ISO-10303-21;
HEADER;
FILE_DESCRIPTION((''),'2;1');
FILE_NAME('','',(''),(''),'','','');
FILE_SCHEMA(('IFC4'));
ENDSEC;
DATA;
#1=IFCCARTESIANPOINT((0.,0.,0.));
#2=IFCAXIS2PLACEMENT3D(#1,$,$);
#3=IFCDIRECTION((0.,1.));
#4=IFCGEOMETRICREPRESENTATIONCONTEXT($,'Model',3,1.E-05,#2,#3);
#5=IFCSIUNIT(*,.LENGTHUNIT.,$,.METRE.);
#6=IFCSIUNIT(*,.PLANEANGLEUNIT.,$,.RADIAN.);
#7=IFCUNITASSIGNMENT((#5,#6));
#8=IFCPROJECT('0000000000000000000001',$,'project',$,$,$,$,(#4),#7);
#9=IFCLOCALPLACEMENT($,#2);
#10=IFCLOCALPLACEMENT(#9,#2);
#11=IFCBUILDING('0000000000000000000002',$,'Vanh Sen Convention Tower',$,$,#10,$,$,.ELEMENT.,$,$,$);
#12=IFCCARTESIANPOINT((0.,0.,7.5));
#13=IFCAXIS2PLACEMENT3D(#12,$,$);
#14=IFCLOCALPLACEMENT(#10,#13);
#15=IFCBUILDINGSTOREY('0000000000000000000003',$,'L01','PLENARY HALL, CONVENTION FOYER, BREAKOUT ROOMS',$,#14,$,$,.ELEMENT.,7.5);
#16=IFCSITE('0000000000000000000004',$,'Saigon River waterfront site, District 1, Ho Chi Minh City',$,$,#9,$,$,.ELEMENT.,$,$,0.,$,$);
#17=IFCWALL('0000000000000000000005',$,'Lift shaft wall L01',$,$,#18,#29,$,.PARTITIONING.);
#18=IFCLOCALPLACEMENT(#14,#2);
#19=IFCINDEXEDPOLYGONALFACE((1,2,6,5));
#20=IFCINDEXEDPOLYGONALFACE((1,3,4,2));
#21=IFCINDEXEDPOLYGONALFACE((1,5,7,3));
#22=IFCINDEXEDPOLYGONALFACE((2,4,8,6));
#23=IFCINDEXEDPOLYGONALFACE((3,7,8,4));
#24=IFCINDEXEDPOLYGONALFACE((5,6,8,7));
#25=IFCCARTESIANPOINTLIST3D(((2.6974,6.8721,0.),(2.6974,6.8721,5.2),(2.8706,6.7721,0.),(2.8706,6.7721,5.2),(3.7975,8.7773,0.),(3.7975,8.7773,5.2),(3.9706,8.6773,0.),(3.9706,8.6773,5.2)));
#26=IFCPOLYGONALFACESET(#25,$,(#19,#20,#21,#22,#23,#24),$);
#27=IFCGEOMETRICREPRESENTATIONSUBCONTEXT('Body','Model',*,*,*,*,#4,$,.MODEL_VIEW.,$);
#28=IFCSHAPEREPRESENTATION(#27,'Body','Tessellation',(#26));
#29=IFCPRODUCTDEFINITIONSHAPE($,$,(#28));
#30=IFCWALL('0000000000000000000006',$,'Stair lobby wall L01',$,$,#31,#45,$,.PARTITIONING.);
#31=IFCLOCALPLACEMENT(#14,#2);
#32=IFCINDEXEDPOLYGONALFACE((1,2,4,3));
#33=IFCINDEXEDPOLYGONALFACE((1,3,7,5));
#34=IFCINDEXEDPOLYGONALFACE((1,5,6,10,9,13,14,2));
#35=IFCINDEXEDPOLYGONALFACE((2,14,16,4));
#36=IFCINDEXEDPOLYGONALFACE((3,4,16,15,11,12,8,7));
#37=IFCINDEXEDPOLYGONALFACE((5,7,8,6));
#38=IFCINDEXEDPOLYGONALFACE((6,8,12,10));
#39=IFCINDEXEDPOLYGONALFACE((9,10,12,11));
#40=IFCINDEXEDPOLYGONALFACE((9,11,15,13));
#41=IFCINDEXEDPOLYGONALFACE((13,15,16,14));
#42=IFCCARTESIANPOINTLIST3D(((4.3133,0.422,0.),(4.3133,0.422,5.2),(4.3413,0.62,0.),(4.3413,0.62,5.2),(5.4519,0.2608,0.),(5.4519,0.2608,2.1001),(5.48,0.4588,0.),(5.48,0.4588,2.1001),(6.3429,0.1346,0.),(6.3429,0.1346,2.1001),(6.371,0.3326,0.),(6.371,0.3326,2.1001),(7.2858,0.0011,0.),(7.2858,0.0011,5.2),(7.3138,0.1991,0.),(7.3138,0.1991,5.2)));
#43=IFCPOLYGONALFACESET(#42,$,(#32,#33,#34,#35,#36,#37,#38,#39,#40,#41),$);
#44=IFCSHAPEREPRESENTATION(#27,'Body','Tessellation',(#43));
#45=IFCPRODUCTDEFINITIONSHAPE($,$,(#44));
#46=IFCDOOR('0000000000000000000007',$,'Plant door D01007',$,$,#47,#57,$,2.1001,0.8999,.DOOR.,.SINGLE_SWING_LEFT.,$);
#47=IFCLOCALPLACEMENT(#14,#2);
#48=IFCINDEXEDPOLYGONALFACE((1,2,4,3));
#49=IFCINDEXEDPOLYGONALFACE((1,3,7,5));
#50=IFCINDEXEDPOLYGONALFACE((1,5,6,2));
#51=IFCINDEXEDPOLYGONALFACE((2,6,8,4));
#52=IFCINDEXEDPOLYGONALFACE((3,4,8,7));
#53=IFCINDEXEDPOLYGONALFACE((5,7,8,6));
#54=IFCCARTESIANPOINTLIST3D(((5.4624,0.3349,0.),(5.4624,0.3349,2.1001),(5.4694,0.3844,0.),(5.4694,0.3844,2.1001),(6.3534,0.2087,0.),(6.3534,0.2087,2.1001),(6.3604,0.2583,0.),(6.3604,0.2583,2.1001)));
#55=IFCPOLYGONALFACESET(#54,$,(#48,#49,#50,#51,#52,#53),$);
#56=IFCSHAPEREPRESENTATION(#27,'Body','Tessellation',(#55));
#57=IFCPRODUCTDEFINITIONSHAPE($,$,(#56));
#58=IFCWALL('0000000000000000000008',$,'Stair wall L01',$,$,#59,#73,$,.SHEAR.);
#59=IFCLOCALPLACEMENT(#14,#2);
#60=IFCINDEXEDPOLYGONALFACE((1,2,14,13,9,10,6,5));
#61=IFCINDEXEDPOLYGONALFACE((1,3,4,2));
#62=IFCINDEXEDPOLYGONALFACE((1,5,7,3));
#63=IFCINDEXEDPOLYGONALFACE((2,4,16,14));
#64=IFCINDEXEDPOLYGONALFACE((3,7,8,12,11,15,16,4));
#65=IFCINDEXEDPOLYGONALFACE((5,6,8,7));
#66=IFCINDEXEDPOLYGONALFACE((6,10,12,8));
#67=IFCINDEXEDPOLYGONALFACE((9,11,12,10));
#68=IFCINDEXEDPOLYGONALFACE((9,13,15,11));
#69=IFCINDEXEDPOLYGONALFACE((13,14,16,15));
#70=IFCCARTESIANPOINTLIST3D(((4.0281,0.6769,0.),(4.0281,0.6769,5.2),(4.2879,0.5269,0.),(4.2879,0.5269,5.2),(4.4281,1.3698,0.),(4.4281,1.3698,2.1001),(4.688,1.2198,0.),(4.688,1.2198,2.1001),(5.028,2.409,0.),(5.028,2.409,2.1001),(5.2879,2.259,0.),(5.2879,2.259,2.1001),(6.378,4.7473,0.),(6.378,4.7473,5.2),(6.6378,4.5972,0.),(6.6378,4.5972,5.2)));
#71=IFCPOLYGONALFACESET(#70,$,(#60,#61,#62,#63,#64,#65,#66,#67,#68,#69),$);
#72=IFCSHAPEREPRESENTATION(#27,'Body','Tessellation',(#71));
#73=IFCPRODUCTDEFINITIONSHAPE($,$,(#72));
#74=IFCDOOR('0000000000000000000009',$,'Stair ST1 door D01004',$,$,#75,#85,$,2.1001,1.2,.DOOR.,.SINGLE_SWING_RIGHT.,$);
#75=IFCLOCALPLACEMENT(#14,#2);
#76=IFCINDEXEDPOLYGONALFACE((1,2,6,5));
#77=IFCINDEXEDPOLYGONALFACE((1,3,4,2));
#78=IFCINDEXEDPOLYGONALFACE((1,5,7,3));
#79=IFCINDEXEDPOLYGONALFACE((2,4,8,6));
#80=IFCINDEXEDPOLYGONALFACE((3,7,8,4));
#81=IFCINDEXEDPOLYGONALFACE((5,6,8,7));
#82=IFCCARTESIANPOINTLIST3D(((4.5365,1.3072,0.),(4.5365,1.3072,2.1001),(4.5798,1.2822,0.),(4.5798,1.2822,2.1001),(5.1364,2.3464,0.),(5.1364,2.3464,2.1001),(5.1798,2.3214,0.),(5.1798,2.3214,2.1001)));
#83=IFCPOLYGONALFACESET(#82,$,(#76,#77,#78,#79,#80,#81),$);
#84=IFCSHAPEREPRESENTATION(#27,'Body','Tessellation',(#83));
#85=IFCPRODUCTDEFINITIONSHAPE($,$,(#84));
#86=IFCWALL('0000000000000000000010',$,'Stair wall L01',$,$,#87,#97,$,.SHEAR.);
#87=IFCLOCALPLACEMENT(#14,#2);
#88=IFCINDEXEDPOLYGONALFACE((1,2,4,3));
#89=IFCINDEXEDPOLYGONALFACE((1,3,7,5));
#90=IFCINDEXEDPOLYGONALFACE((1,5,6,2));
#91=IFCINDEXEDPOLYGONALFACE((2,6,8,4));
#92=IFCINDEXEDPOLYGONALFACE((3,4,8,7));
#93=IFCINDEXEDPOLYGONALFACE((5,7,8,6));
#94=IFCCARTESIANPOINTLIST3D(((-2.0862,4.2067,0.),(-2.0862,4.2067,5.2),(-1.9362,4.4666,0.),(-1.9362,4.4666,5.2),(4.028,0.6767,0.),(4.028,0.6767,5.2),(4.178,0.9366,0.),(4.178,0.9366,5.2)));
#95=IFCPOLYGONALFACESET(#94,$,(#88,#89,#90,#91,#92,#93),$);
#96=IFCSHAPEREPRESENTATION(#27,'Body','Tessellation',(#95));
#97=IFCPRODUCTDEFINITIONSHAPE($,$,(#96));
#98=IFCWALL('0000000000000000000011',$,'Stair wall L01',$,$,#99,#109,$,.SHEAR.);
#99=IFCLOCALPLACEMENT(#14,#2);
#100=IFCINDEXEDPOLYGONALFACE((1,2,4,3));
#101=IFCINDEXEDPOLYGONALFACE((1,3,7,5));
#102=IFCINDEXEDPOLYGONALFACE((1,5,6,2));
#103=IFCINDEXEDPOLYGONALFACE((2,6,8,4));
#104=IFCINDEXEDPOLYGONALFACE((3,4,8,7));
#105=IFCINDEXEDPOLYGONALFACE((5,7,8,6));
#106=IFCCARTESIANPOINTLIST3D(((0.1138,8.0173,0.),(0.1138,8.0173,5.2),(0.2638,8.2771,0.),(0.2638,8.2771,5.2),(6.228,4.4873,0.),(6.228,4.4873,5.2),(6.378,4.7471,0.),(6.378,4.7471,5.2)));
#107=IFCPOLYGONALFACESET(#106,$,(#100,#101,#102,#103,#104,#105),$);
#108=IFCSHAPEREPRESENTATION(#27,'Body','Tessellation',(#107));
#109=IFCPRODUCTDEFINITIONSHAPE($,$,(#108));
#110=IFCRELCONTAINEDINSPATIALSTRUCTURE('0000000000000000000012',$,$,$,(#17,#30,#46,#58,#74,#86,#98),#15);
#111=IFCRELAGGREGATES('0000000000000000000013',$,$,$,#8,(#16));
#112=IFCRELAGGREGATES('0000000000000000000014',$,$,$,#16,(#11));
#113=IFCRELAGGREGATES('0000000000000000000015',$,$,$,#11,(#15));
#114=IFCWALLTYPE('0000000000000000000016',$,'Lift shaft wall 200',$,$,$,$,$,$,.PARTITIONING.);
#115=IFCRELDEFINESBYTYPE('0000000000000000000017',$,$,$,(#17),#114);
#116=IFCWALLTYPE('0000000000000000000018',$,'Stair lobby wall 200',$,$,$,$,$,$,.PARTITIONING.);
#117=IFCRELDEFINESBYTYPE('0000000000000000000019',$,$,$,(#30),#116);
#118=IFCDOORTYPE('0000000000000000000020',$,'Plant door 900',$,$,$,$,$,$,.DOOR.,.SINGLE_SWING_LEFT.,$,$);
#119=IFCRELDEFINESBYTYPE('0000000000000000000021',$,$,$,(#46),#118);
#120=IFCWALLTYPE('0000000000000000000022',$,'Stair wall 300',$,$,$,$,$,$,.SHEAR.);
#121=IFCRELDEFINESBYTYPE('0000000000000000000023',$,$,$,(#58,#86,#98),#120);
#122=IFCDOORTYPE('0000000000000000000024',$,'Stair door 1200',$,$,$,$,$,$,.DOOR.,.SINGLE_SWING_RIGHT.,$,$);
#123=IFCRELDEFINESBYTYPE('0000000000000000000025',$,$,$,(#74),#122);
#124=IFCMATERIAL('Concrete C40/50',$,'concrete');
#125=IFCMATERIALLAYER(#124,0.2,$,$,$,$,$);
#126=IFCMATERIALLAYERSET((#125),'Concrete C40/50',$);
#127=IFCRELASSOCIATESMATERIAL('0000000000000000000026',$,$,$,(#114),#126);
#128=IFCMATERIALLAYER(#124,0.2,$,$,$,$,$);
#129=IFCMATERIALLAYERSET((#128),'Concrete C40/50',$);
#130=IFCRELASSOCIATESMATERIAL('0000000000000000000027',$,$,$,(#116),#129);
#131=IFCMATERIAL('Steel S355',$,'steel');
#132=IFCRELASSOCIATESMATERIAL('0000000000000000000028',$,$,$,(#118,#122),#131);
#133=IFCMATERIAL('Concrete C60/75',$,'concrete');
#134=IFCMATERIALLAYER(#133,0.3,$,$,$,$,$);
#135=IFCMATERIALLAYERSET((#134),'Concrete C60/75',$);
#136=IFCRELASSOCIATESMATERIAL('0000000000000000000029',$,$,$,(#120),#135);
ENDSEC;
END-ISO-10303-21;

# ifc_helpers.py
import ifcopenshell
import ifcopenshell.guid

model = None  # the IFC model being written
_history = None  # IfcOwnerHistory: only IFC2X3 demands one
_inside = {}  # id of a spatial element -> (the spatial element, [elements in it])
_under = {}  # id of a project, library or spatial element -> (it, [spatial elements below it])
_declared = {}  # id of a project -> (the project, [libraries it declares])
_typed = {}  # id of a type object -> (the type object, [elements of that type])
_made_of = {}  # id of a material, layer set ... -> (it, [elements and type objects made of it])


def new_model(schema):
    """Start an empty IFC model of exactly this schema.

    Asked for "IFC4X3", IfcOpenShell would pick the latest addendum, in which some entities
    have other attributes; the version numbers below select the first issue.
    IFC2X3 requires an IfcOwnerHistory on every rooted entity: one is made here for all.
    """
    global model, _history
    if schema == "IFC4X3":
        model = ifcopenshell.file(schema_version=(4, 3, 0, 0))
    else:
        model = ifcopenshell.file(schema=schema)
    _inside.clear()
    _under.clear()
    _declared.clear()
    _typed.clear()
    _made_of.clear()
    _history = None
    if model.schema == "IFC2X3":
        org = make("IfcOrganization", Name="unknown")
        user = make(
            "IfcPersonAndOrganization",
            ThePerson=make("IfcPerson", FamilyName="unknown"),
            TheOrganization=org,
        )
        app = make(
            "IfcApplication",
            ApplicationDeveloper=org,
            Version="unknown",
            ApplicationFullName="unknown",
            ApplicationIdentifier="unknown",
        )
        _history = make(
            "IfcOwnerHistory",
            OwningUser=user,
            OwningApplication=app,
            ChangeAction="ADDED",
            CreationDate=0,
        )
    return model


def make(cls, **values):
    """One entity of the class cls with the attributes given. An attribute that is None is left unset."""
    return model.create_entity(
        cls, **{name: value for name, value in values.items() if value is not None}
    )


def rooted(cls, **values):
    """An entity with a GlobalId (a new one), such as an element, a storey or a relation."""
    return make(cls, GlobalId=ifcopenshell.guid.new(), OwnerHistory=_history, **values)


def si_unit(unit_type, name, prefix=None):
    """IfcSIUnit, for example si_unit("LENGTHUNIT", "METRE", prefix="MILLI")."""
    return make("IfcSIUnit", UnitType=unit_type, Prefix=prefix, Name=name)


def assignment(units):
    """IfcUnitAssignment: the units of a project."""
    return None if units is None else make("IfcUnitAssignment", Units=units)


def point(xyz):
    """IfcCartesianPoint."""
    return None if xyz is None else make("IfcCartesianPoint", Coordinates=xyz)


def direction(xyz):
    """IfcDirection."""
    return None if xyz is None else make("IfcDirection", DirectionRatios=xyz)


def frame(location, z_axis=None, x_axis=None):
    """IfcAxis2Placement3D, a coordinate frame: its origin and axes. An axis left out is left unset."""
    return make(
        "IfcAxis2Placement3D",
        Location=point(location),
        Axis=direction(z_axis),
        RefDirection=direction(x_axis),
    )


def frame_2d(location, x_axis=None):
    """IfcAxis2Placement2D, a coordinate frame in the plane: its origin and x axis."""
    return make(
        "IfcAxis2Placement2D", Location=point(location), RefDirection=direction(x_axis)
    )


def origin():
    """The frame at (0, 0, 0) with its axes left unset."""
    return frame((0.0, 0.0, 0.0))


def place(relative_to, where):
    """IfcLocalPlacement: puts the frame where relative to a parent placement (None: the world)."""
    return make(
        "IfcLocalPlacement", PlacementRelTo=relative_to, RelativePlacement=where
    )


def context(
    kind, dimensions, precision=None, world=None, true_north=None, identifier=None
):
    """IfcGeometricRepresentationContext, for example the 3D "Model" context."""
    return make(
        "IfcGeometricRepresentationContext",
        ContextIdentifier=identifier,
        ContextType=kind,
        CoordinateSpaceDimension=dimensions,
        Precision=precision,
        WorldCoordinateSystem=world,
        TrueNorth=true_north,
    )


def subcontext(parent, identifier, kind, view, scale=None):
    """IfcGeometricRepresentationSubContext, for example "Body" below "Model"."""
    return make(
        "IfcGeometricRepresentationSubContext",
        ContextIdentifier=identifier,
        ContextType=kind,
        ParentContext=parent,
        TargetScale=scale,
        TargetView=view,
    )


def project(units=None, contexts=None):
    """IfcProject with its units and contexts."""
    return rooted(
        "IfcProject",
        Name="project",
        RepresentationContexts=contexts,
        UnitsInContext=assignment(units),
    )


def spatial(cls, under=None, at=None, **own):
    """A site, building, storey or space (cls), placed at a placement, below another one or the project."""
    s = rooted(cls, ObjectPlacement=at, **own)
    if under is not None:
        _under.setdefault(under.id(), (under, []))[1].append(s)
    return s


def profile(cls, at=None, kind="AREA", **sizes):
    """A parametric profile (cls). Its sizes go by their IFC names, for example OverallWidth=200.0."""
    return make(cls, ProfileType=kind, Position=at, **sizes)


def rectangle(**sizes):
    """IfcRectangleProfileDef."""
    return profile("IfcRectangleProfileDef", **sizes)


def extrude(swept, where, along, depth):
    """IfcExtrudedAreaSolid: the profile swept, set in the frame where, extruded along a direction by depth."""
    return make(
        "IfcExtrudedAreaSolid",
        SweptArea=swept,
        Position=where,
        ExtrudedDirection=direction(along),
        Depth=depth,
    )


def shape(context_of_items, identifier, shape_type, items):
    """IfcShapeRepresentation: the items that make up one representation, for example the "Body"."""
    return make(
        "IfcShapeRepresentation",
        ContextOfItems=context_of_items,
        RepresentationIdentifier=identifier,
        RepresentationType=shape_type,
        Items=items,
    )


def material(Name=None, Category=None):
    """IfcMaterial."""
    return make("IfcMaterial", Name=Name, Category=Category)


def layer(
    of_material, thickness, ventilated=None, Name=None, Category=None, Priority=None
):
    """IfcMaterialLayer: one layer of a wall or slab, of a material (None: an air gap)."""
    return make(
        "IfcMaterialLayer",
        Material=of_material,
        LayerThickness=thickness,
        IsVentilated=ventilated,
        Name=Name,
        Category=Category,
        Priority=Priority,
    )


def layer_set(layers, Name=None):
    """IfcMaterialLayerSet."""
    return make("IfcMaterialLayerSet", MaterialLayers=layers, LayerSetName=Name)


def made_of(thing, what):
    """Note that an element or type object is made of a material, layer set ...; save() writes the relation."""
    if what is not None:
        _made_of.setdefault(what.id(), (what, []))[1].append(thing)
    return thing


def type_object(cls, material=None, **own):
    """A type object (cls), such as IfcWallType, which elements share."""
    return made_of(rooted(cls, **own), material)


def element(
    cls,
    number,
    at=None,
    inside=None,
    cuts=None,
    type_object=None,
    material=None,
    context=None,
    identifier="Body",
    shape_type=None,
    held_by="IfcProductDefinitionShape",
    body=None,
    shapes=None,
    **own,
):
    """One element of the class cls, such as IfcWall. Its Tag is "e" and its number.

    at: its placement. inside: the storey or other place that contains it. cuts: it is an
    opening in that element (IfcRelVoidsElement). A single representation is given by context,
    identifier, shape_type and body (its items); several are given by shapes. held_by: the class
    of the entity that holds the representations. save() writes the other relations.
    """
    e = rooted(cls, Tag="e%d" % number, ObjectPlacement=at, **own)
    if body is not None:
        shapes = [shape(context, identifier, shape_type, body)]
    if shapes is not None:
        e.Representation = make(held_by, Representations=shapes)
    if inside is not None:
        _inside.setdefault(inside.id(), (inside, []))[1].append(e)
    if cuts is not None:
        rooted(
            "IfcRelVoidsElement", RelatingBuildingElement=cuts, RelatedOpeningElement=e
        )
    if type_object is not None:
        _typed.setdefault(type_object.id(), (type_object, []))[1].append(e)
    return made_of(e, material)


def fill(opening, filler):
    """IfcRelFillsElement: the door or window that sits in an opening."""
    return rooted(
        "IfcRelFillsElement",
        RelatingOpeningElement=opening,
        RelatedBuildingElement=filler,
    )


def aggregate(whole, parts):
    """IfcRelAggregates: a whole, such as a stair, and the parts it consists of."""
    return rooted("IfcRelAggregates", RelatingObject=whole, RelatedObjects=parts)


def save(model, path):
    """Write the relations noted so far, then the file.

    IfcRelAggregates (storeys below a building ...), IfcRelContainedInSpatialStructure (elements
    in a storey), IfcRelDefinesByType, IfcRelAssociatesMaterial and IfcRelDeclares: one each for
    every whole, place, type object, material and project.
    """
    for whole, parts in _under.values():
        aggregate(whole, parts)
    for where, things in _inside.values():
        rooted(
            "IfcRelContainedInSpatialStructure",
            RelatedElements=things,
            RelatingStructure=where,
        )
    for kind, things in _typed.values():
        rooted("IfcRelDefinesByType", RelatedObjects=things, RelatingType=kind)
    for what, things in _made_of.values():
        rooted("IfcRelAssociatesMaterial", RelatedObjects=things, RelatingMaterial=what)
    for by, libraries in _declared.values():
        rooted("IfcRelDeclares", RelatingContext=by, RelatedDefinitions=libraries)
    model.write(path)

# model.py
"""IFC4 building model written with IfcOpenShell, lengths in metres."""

from ifc_helpers import new_model, si_unit, direction, frame, frame_2d, origin, place, context, subcontext, project, spatial, rectangle, extrude, material, layer, layer_set, type_object, element, fill, save


model = new_model("IFC4")

# Units and contexts
model_context = context("Model", 3, precision=1e-05, world=origin(), true_north=direction((0.0, 1.0)))
body_context = subcontext(model_context, "Body", "Model", "MODEL_VIEW")
ifc_project = project(units=[si_unit("LENGTHUNIT", "METRE"), si_unit("PLANEANGLEUNIT", "RADIAN")], contexts=[model_context])

# Site, building, storey
site_placement = place(None, origin())
site = spatial("IfcSite", under=ifc_project, at=site_placement, Name="Saigon River waterfront site, District 1, Ho Chi Minh City", CompositionType="ELEMENT", RefElevation=0.0)
building_placement = place(site_placement, origin())
building = spatial("IfcBuilding", under=site, at=building_placement, Name="Vanh Sen Convention Tower", CompositionType="ELEMENT")
storey_placement = place(building_placement, frame((0.0, 0.0, 7.5)))
storey = spatial("IfcBuildingStorey", under=building, at=storey_placement, Name="L01", Description="PLENARY HALL, CONVENTION FOYER, BREAKOUT ROOMS", CompositionType="ELEMENT", Elevation=7.5)

# Shared definitions
ifc_material_1 = material(Name="Concrete C60/75", Category="concrete")

# Wall
ifc_material_2 = material(Name="Concrete C40/50", Category="concrete")
ifc_layer_1 = layer(ifc_material_2, 0.2)
ifc_layer_set_1 = layer_set([ifc_layer_1], Name="Concrete C40/50")
wall_type_1 = type_object("IfcWallType", Name="Lift shaft wall 200", PredefinedType="PARTITIONING", material=ifc_layer_set_1)
for number, where, z_axis, x_axis, name in (
    (1, (2.7839, 6.822, 0.0), (0.0, 0.0, 1.0), (0.50003, 0.866008, 0.0), "Lift shaft wall L01"),
):
    element("IfcWall", number, at=place(storey_placement, frame(where, z_axis=z_axis, x_axis=x_axis)), inside=storey, type_object=wall_type_1, Name=name, PredefinedType="PARTITIONING", context=body_context, shape_type="SweptSolid", body=[
        extrude(rectangle(XDim=2.2, YDim=0.2, at=frame_2d((1.1001, 0.0))), origin(), (0.0, 0.0, 1.0), 5.2),
    ])

# Walls, openings, doors
ifc_layer_2 = layer(ifc_material_2, 0.2)
ifc_layer_set_2 = layer_set([ifc_layer_2], Name="Concrete C40/50")
wall_type_2 = type_object("IfcWallType", Name="Stair lobby wall 200", PredefinedType="PARTITIONING", material=ifc_layer_set_2)
wall_1_placement = place(storey_placement, frame((4.3274, 0.521, 0.0), z_axis=(0.0, 0.0, 1.0), x_axis=(0.990124, -0.140192, 0.0)))
wall_1 = element("IfcWall", 2, at=wall_1_placement, inside=storey, type_object=wall_type_2, Name="Stair lobby wall L01", PredefinedType="PARTITIONING", context=body_context, shape_type="SweptSolid", body=[
    extrude(rectangle(XDim=3.0022, YDim=0.2, at=frame_2d((1.501, 0.0))), origin(), (0.0, 0.0, 1.0), 5.2),
])
opening_1_placement = place(wall_1_placement, frame((1.1499, 0.0, 0.0)))
opening_1 = element("IfcOpeningElement", 3, at=opening_1_placement, cuts=wall_1, PredefinedType="OPENING", context=body_context, shape_type="SweptSolid", body=[
    extrude(rectangle(XDim=0.8999, YDim=2.1001, at=frame_2d((0.45, 1.05))), frame((0.0, 0.1099, 0.0), z_axis=(0.0, -1.0, 0.0), x_axis=(1.0, 0.0, 0.0)), (0.0, 0.0, 1.0), 0.22),
])
ifc_material_3 = material(Name="Steel S355", Category="steel")
door_type_1 = type_object("IfcDoorType", Name="Plant door 900", OperationType="SINGLE_SWING_LEFT", PredefinedType="DOOR", material=ifc_material_3)
door_1_placement = place(opening_1_placement, origin())
door_1 = element("IfcDoor", 4, at=door_1_placement, inside=storey, type_object=door_type_1, Name="Plant door D01007", OperationType="SINGLE_SWING_LEFT", OverallHeight=2.1001, OverallWidth=0.8999, PredefinedType="DOOR", context=body_context, shape_type="SweptSolid", body=[
    extrude(rectangle(XDim=0.8999, YDim=2.1001, at=frame_2d((0.45, 1.05))), frame((0.0, 0.0249, 0.0), z_axis=(0.0, -1.0, 0.0), x_axis=(1.0, 0.0, 0.0)), (0.0, 0.0, 1.0), 0.05),
])
fill(opening_1, door_1)
ifc_layer_3 = layer(ifc_material_1, 0.3)
ifc_layer_set_3 = layer_set([ifc_layer_3], Name="Concrete C60/75")
wall_type_3 = type_object("IfcWallType", Name="Stair wall 300", PredefinedType="SHEAR", material=ifc_layer_set_3)
wall_2_placement = place(storey_placement, frame((4.158, 0.6018, 0.0), z_axis=(0.0, 0.0, 1.0), x_axis=(0.499977, 0.866039, 0.0)))
wall_2 = element("IfcWall", 5, at=wall_2_placement, inside=storey, type_object=wall_type_3, Name="Stair wall L01", PredefinedType="SHEAR", context=body_context, shape_type="SweptSolid", body=[
    extrude(rectangle(XDim=4.7, YDim=0.3, at=frame_2d((2.3501, 0.0))), origin(), (0.0, 0.0, 1.0), 5.2),
])
opening_2_placement = place(wall_2_placement, frame((0.8, 0.0, 0.0)))
opening_2 = element("IfcOpeningElement", 6, at=opening_2_placement, cuts=wall_2, PredefinedType="OPENING", context=body_context, shape_type="SweptSolid", body=[
    extrude(rectangle(XDim=1.2, YDim=2.1001, at=frame_2d((0.6001, 1.05))), frame((0.0, 0.1599, 0.0), z_axis=(0.0, -1.0, 0.0), x_axis=(1.0, 0.0, 0.0)), (0.0, 0.0, 1.0), 0.3201),
])
door_type_2 = type_object("IfcDoorType", Name="Stair door 1200", OperationType="SINGLE_SWING_RIGHT", PredefinedType="DOOR", material=ifc_material_3)
door_2_placement = place(opening_2_placement, origin())
door_2 = element("IfcDoor", 7, at=door_2_placement, inside=storey, type_object=door_type_2, Name="Stair ST1 door D01004", OperationType="SINGLE_SWING_RIGHT", OverallHeight=2.1001, OverallWidth=1.2, PredefinedType="DOOR", context=body_context, shape_type="SweptSolid", body=[
    extrude(rectangle(XDim=1.2, YDim=2.1001, at=frame_2d((0.6001, 1.05))), frame((0.0, 0.0249, 0.0), z_axis=(0.0, -1.0, 0.0), x_axis=(1.0, 0.0, 0.0)), (0.0, 0.0, 1.0), 0.05),
])
fill(opening_2, door_2)

# Walls
for number, where, z_axis, x_axis, name in (
    (8, (4.103, 0.8066, 0.0), (0.0, 0.0, 1.0), (-0.866028, 0.499996, 0.0), "Stair wall L01"),
    (9, (6.303, 4.6172, 0.0), (0.0, 0.0, 1.0), (-0.866028, 0.499996, 0.0), "Stair wall L01"),
):
    element("IfcWall", number, at=place(storey_placement, frame(where, z_axis=z_axis, x_axis=x_axis)), inside=storey, type_object=wall_type_3, Name=name, PredefinedType="SHEAR", context=body_context, shape_type="SweptSolid", body=[
        extrude(rectangle(XDim=7.0601, YDim=0.3, at=frame_2d((3.53, 0.0))), origin(), (0.0, 0.0, 1.0), 5.2),
    ])

save(model, "model.ifc")
